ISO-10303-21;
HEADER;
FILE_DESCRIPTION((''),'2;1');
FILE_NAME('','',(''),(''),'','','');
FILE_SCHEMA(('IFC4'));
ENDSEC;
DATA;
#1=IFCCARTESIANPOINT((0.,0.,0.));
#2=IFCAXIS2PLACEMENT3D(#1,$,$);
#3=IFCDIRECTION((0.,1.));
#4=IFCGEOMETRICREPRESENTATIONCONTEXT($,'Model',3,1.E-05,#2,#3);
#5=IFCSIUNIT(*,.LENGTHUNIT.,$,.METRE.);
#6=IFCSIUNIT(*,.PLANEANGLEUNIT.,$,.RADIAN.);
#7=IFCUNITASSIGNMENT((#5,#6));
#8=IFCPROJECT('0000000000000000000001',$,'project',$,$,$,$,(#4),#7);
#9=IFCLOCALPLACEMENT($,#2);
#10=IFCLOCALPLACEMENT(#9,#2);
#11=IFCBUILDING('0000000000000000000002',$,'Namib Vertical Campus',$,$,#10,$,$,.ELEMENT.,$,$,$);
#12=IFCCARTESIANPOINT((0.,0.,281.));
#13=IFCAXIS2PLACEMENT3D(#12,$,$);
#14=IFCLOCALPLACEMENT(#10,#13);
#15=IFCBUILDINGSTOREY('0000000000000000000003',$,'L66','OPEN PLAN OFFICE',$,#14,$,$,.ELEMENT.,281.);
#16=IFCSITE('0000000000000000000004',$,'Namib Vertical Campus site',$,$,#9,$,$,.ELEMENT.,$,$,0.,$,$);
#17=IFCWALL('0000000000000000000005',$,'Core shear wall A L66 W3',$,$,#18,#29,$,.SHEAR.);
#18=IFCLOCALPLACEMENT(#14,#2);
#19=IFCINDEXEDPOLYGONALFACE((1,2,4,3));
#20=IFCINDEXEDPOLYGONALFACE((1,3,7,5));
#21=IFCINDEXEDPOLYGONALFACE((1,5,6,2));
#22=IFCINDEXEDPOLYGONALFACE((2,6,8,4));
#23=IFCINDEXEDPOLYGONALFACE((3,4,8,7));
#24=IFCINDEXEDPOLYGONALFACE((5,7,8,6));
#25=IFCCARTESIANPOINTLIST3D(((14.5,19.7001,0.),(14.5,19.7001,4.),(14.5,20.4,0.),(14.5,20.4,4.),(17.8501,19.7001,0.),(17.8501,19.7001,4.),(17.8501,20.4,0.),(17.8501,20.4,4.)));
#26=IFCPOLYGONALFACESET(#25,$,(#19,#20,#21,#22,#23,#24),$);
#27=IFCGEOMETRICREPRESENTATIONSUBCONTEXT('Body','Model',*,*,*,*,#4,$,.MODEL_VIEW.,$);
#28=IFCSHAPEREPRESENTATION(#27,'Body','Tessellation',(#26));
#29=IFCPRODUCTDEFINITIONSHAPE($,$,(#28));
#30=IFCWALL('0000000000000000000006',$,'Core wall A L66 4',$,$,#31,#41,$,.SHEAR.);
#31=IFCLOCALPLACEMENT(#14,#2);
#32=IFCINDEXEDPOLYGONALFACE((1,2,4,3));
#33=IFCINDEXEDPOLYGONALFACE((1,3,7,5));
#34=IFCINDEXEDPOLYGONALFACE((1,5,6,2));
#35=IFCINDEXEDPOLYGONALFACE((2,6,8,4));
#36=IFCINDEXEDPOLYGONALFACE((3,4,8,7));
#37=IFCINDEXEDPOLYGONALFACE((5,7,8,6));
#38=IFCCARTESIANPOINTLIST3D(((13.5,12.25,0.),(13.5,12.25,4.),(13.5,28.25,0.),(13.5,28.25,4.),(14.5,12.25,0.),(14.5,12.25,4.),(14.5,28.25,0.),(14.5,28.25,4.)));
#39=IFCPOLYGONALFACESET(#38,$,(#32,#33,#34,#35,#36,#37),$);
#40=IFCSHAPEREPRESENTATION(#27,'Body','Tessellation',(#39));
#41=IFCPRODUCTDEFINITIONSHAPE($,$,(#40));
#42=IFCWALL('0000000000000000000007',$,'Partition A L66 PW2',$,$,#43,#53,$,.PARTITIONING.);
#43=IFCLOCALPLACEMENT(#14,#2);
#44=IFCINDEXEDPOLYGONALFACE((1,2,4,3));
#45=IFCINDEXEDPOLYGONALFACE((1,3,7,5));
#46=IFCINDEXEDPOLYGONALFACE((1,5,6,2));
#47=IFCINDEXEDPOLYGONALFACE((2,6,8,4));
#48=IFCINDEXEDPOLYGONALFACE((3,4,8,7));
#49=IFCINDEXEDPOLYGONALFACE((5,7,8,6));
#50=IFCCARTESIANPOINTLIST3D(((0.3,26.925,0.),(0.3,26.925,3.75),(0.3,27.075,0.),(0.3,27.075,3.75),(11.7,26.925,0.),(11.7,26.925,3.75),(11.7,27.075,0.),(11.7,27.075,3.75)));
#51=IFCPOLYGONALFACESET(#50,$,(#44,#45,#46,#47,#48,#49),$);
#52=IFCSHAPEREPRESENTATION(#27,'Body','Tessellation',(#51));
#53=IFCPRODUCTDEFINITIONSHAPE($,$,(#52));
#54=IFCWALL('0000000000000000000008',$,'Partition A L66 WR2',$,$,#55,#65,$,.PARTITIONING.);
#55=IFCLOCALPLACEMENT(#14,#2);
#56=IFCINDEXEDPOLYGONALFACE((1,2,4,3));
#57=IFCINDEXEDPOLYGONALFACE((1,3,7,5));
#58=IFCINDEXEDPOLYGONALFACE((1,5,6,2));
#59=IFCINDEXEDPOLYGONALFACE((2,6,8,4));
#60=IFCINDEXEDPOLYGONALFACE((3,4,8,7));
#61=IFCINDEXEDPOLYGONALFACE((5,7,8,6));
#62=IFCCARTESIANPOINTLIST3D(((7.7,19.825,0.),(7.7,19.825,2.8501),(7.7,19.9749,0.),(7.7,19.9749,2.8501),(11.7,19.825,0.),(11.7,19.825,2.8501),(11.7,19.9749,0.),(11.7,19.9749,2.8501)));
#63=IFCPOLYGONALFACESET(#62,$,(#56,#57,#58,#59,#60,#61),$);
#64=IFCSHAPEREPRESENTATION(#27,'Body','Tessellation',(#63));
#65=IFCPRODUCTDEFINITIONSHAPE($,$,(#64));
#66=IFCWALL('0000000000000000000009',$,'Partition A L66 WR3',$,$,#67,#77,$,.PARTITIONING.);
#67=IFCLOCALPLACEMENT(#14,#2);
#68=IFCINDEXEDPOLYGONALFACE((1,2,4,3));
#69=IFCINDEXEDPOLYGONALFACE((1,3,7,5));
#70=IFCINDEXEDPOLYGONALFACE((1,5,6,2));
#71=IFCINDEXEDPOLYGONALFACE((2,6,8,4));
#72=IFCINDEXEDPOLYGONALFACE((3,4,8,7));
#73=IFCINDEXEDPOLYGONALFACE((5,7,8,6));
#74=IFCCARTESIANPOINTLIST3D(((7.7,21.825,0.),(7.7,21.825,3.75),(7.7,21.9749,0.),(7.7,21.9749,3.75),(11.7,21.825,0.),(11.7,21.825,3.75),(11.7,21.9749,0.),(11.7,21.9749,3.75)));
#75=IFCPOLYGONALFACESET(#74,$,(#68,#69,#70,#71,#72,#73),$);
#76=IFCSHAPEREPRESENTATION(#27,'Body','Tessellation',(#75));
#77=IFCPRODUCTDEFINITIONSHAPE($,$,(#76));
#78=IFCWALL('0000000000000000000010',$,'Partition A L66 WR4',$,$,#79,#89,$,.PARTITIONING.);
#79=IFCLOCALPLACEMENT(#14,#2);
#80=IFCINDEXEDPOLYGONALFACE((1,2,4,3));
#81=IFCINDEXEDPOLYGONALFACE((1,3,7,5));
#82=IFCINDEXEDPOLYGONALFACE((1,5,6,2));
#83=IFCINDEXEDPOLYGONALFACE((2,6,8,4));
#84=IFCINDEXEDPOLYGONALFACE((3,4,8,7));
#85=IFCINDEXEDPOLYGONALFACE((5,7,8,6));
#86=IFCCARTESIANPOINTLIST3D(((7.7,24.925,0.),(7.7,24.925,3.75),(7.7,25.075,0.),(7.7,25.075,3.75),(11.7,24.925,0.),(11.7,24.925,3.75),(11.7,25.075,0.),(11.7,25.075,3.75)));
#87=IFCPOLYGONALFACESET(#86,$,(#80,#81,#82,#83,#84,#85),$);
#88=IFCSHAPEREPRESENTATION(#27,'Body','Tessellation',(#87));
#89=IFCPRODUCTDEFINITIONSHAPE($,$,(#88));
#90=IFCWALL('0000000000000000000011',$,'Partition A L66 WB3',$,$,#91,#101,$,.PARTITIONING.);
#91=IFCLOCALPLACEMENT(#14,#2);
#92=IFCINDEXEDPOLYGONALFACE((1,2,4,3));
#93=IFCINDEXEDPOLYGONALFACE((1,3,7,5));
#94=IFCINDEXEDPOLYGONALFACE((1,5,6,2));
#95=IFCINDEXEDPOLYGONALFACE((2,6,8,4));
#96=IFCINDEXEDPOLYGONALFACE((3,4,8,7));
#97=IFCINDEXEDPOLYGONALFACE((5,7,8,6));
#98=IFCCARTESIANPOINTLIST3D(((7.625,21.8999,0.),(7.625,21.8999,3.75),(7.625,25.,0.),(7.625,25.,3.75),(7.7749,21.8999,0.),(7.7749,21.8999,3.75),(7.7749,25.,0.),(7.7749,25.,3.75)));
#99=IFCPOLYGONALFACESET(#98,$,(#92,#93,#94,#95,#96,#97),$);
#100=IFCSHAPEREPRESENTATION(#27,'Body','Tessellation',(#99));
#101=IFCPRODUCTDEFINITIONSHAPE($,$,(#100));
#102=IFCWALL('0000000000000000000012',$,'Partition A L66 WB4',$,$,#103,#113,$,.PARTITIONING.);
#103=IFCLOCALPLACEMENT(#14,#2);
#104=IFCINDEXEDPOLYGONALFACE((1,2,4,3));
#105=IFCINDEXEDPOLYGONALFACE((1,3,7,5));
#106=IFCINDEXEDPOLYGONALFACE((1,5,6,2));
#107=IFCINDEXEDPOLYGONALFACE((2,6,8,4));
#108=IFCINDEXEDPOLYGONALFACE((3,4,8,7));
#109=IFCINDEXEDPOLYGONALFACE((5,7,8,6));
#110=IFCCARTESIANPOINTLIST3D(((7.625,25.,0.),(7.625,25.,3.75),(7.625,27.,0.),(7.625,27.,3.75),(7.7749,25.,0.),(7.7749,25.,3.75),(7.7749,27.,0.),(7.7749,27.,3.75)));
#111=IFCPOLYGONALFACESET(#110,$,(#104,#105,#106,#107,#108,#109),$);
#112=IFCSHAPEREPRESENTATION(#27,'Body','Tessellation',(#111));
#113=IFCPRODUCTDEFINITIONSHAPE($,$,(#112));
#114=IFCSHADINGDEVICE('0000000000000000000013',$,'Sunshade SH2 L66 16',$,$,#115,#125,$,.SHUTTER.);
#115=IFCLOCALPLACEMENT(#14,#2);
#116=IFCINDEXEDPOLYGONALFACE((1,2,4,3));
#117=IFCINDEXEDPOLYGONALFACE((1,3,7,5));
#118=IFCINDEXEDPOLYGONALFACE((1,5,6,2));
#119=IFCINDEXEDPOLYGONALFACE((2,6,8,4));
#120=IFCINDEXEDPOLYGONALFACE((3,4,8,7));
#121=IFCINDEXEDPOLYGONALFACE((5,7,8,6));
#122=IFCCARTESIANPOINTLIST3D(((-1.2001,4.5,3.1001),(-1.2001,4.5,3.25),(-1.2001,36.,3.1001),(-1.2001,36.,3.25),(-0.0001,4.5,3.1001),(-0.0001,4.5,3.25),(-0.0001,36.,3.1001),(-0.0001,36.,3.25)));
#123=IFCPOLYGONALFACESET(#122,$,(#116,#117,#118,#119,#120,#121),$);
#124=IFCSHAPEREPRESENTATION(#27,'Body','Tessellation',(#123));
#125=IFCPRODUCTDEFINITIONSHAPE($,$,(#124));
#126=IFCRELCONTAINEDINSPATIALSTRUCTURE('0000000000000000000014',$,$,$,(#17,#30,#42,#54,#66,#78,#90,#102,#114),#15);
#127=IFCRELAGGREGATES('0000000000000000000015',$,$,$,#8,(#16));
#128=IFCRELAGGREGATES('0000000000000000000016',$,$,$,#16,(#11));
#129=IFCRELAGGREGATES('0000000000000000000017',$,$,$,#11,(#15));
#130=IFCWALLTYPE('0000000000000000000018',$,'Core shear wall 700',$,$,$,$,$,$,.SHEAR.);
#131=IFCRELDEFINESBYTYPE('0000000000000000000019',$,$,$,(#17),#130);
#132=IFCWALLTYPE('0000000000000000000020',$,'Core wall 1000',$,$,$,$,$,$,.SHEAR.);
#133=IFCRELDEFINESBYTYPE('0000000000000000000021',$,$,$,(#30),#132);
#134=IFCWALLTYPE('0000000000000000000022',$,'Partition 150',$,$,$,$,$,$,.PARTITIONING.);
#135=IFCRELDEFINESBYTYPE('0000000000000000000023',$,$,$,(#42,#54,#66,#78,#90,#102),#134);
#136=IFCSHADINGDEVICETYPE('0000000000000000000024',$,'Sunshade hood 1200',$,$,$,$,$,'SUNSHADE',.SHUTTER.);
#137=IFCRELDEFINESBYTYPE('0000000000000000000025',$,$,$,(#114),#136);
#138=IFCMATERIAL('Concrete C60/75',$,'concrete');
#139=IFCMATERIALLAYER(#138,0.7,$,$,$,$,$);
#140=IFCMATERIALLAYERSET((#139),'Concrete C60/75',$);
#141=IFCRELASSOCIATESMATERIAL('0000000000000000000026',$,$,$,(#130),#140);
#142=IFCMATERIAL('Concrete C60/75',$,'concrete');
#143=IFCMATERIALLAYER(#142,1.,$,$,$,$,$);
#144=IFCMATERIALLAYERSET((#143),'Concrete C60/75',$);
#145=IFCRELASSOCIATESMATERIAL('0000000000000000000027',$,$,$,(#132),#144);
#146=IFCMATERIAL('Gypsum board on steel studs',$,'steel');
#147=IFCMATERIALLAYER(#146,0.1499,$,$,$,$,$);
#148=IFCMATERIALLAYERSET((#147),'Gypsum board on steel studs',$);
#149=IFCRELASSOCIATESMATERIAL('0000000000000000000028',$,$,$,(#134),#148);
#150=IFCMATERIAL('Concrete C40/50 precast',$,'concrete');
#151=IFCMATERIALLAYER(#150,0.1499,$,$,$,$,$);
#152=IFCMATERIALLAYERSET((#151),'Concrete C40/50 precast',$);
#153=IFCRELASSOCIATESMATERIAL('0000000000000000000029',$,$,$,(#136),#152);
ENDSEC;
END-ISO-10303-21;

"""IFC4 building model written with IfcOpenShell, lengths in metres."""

from ifc_helpers import new_model, si_unit, direction, frame, frame_2d, origin, origin_2d, place, context, subcontext, project, spatial, rectangle, extrude, material, layer, layer_set, type_object, element, save


model = new_model("IFC4")

# Units and contexts
model_context = context("Model", 3, precision=1e-05, world=origin(), true_north=direction((0.0, 1.0)))
body_context = subcontext(model_context, "Body", "Model", "MODEL_VIEW")
ifc_project = project(units=[si_unit("LENGTHUNIT", "METRE"), si_unit("PLANEANGLEUNIT", "RADIAN")], contexts=[model_context])

# Site, building, storey
site_placement = place(None, origin())
site = spatial("IfcSite", under=ifc_project, at=site_placement, Name="Namib Vertical Campus site", CompositionType="ELEMENT", RefElevation=0.0)
building_placement = place(site_placement, origin())
building = spatial("IfcBuilding", under=site, at=building_placement, Name="Namib Vertical Campus", CompositionType="ELEMENT")
storey_placement = place(building_placement, frame((0.0, 0.0, 281.0)))
storey = spatial("IfcBuildingStorey", under=building, at=storey_placement, Name="L66", Description="OPEN PLAN OFFICE", CompositionType="ELEMENT", Elevation=281.0)

# Walls
ifc_material_1 = material(Name="Concrete C60/75", Category="concrete")
ifc_layer_1 = layer(ifc_material_1, 0.7)
ifc_layer_set_1 = layer_set([ifc_layer_1], Name="Concrete C60/75")
wall_type_1 = type_object("IfcWallType", Name="Core shear wall 700", PredefinedType="SHEAR", material=ifc_layer_set_1)
wall_1_placement = place(storey_placement, frame((14.5, 20.05, 0.0), z_axis=(0.0, 0.0, 1.0), x_axis=(1.0, 0.0, 0.0)))
element("IfcWall", 1, at=wall_1_placement, inside=storey, type_object=wall_type_1, Name="Core shear wall A L66 W3", PredefinedType="SHEAR", context=body_context, shape_type="SweptSolid", body=[
    extrude(rectangle(XDim=3.3501, YDim=0.7, at=frame_2d((1.675, 0.0))), origin(), (0.0, 0.0, 1.0), 4.0),
])
ifc_material_2 = material(Name="Concrete C60/75", Category="concrete")
ifc_layer_2 = layer(ifc_material_2, 1.0)
ifc_layer_set_2 = layer_set([ifc_layer_2], Name="Concrete C60/75")
wall_type_2 = type_object("IfcWallType", Name="Core wall 1000", PredefinedType="SHEAR", material=ifc_layer_set_2)
wall_2_placement = place(storey_placement, frame((14.0, 28.25, 0.0), z_axis=(0.0, 0.0, 1.0), x_axis=(0.0, -1.0, 0.0)))
element("IfcWall", 2, at=wall_2_placement, inside=storey, type_object=wall_type_2, Name="Core wall A L66 4", PredefinedType="SHEAR", context=body_context, shape_type="SweptSolid", body=[
    extrude(rectangle(XDim=16.0, YDim=1.0, at=frame_2d((8.0, 0.0))), origin(), (0.0, 0.0, 1.0), 4.0),
])
ifc_material_3 = material(Name="Gypsum board on steel studs", Category="steel")
ifc_layer_3 = layer(ifc_material_3, 0.1499)
ifc_layer_set_3 = layer_set([ifc_layer_3], Name="Gypsum board on steel studs")
wall_type_3 = type_object("IfcWallType", Name="Partition 150", PredefinedType="PARTITIONING", material=ifc_layer_set_3)
wall_3_placement = place(storey_placement, frame((0.3, 27.0, 0.0), z_axis=(0.0, 0.0, 1.0), x_axis=(1.0, 0.0, 0.0)))
element("IfcWall", 3, at=wall_3_placement, inside=storey, type_object=wall_type_3, Name="Partition A L66 PW2", PredefinedType="PARTITIONING", context=body_context, shape_type="SweptSolid", body=[
    extrude(rectangle(XDim=11.3999, YDim=0.1499, at=frame_2d((5.7, 0.0))), origin(), (0.0, 0.0, 1.0), 3.75),
])
wall_4_placement = place(storey_placement, frame((11.7, 19.8999, 0.0), z_axis=(0.0, 0.0, 1.0), x_axis=(-1.0, 0.0, 0.0)))
element("IfcWall", 4, at=wall_4_placement, inside=storey, type_object=wall_type_3, Name="Partition A L66 WR2", PredefinedType="PARTITIONING", context=body_context, shape_type="SweptSolid", body=[
    extrude(rectangle(XDim=4.0, YDim=0.1499, at=frame_2d((2.0, 0.0))), origin(), (0.0, 0.0, 1.0), 2.8501),
])
for number, where, z_axis, x_axis, name in (
    (5, (11.7, 21.8999, 0.0), (0.0, 0.0, 1.0), (-1.0, 0.0, 0.0), "Partition A L66 WR3"),
    (6, (11.7, 25.0, 0.0), (0.0, 0.0, 1.0), (-1.0, 0.0, 0.0), "Partition A L66 WR4"),
):
    element("IfcWall", number, at=place(storey_placement, frame(where, z_axis=z_axis, x_axis=x_axis)), inside=storey, type_object=wall_type_3, Name=name, PredefinedType="PARTITIONING", context=body_context, shape_type="SweptSolid", body=[
        extrude(rectangle(XDim=4.0, YDim=0.1499, at=frame_2d((2.0, 0.0))), origin(), (0.0, 0.0, 1.0), 3.75),
    ])
wall_5_placement = place(storey_placement, frame((7.7, 21.8999, 0.0), z_axis=(0.0, 0.0, 1.0), x_axis=(0.0, 1.0, 0.0)))
element("IfcWall", 7, at=wall_5_placement, inside=storey, type_object=wall_type_3, Name="Partition A L66 WB3", PredefinedType="PARTITIONING", context=body_context, shape_type="SweptSolid", body=[
    extrude(rectangle(XDim=3.1001, YDim=0.1499, at=frame_2d((1.55, 0.0))), origin(), (0.0, 0.0, 1.0), 3.75),
])
wall_6_placement = place(storey_placement, frame((7.7, 25.0, 0.0), z_axis=(0.0, 0.0, 1.0), x_axis=(0.0, 1.0, 0.0)))
element("IfcWall", 8, at=wall_6_placement, inside=storey, type_object=wall_type_3, Name="Partition A L66 WB4", PredefinedType="PARTITIONING", context=body_context, shape_type="SweptSolid", body=[
    extrude(rectangle(XDim=2.0, YDim=0.1499, at=frame_2d((1.0, 0.0))), origin(), (0.0, 0.0, 1.0), 3.75),
])

# Shading device
ifc_material_4 = material(Name="Concrete C40/50 precast", Category="concrete")
ifc_layer_4 = layer(ifc_material_4, 0.1499)
ifc_layer_set_4 = layer_set([ifc_layer_4], Name="Concrete C40/50 precast")
shading_device_type = type_object("IfcShadingDeviceType", Name="Sunshade hood 1200", ElementType="SUNSHADE", PredefinedType="SHUTTER", material=ifc_layer_set_4)
shading_device_placement = place(storey_placement, frame((-0.6001, 20.25, 3.1001), z_axis=(0.0, 0.0, 1.0), x_axis=(0.0, -1.0, 0.0)))
element("IfcShadingDevice", 9, at=shading_device_placement, inside=storey, type_object=shading_device_type, Name="Sunshade SH2 L66 16", PredefinedType="SHUTTER", context=body_context, shape_type="SweptSolid", body=[
    extrude(rectangle(XDim=31.5, YDim=1.2, at=origin_2d()), origin(), (0.0, 0.0, 1.0), 0.1499),
])

save(model, "model.ifc")
